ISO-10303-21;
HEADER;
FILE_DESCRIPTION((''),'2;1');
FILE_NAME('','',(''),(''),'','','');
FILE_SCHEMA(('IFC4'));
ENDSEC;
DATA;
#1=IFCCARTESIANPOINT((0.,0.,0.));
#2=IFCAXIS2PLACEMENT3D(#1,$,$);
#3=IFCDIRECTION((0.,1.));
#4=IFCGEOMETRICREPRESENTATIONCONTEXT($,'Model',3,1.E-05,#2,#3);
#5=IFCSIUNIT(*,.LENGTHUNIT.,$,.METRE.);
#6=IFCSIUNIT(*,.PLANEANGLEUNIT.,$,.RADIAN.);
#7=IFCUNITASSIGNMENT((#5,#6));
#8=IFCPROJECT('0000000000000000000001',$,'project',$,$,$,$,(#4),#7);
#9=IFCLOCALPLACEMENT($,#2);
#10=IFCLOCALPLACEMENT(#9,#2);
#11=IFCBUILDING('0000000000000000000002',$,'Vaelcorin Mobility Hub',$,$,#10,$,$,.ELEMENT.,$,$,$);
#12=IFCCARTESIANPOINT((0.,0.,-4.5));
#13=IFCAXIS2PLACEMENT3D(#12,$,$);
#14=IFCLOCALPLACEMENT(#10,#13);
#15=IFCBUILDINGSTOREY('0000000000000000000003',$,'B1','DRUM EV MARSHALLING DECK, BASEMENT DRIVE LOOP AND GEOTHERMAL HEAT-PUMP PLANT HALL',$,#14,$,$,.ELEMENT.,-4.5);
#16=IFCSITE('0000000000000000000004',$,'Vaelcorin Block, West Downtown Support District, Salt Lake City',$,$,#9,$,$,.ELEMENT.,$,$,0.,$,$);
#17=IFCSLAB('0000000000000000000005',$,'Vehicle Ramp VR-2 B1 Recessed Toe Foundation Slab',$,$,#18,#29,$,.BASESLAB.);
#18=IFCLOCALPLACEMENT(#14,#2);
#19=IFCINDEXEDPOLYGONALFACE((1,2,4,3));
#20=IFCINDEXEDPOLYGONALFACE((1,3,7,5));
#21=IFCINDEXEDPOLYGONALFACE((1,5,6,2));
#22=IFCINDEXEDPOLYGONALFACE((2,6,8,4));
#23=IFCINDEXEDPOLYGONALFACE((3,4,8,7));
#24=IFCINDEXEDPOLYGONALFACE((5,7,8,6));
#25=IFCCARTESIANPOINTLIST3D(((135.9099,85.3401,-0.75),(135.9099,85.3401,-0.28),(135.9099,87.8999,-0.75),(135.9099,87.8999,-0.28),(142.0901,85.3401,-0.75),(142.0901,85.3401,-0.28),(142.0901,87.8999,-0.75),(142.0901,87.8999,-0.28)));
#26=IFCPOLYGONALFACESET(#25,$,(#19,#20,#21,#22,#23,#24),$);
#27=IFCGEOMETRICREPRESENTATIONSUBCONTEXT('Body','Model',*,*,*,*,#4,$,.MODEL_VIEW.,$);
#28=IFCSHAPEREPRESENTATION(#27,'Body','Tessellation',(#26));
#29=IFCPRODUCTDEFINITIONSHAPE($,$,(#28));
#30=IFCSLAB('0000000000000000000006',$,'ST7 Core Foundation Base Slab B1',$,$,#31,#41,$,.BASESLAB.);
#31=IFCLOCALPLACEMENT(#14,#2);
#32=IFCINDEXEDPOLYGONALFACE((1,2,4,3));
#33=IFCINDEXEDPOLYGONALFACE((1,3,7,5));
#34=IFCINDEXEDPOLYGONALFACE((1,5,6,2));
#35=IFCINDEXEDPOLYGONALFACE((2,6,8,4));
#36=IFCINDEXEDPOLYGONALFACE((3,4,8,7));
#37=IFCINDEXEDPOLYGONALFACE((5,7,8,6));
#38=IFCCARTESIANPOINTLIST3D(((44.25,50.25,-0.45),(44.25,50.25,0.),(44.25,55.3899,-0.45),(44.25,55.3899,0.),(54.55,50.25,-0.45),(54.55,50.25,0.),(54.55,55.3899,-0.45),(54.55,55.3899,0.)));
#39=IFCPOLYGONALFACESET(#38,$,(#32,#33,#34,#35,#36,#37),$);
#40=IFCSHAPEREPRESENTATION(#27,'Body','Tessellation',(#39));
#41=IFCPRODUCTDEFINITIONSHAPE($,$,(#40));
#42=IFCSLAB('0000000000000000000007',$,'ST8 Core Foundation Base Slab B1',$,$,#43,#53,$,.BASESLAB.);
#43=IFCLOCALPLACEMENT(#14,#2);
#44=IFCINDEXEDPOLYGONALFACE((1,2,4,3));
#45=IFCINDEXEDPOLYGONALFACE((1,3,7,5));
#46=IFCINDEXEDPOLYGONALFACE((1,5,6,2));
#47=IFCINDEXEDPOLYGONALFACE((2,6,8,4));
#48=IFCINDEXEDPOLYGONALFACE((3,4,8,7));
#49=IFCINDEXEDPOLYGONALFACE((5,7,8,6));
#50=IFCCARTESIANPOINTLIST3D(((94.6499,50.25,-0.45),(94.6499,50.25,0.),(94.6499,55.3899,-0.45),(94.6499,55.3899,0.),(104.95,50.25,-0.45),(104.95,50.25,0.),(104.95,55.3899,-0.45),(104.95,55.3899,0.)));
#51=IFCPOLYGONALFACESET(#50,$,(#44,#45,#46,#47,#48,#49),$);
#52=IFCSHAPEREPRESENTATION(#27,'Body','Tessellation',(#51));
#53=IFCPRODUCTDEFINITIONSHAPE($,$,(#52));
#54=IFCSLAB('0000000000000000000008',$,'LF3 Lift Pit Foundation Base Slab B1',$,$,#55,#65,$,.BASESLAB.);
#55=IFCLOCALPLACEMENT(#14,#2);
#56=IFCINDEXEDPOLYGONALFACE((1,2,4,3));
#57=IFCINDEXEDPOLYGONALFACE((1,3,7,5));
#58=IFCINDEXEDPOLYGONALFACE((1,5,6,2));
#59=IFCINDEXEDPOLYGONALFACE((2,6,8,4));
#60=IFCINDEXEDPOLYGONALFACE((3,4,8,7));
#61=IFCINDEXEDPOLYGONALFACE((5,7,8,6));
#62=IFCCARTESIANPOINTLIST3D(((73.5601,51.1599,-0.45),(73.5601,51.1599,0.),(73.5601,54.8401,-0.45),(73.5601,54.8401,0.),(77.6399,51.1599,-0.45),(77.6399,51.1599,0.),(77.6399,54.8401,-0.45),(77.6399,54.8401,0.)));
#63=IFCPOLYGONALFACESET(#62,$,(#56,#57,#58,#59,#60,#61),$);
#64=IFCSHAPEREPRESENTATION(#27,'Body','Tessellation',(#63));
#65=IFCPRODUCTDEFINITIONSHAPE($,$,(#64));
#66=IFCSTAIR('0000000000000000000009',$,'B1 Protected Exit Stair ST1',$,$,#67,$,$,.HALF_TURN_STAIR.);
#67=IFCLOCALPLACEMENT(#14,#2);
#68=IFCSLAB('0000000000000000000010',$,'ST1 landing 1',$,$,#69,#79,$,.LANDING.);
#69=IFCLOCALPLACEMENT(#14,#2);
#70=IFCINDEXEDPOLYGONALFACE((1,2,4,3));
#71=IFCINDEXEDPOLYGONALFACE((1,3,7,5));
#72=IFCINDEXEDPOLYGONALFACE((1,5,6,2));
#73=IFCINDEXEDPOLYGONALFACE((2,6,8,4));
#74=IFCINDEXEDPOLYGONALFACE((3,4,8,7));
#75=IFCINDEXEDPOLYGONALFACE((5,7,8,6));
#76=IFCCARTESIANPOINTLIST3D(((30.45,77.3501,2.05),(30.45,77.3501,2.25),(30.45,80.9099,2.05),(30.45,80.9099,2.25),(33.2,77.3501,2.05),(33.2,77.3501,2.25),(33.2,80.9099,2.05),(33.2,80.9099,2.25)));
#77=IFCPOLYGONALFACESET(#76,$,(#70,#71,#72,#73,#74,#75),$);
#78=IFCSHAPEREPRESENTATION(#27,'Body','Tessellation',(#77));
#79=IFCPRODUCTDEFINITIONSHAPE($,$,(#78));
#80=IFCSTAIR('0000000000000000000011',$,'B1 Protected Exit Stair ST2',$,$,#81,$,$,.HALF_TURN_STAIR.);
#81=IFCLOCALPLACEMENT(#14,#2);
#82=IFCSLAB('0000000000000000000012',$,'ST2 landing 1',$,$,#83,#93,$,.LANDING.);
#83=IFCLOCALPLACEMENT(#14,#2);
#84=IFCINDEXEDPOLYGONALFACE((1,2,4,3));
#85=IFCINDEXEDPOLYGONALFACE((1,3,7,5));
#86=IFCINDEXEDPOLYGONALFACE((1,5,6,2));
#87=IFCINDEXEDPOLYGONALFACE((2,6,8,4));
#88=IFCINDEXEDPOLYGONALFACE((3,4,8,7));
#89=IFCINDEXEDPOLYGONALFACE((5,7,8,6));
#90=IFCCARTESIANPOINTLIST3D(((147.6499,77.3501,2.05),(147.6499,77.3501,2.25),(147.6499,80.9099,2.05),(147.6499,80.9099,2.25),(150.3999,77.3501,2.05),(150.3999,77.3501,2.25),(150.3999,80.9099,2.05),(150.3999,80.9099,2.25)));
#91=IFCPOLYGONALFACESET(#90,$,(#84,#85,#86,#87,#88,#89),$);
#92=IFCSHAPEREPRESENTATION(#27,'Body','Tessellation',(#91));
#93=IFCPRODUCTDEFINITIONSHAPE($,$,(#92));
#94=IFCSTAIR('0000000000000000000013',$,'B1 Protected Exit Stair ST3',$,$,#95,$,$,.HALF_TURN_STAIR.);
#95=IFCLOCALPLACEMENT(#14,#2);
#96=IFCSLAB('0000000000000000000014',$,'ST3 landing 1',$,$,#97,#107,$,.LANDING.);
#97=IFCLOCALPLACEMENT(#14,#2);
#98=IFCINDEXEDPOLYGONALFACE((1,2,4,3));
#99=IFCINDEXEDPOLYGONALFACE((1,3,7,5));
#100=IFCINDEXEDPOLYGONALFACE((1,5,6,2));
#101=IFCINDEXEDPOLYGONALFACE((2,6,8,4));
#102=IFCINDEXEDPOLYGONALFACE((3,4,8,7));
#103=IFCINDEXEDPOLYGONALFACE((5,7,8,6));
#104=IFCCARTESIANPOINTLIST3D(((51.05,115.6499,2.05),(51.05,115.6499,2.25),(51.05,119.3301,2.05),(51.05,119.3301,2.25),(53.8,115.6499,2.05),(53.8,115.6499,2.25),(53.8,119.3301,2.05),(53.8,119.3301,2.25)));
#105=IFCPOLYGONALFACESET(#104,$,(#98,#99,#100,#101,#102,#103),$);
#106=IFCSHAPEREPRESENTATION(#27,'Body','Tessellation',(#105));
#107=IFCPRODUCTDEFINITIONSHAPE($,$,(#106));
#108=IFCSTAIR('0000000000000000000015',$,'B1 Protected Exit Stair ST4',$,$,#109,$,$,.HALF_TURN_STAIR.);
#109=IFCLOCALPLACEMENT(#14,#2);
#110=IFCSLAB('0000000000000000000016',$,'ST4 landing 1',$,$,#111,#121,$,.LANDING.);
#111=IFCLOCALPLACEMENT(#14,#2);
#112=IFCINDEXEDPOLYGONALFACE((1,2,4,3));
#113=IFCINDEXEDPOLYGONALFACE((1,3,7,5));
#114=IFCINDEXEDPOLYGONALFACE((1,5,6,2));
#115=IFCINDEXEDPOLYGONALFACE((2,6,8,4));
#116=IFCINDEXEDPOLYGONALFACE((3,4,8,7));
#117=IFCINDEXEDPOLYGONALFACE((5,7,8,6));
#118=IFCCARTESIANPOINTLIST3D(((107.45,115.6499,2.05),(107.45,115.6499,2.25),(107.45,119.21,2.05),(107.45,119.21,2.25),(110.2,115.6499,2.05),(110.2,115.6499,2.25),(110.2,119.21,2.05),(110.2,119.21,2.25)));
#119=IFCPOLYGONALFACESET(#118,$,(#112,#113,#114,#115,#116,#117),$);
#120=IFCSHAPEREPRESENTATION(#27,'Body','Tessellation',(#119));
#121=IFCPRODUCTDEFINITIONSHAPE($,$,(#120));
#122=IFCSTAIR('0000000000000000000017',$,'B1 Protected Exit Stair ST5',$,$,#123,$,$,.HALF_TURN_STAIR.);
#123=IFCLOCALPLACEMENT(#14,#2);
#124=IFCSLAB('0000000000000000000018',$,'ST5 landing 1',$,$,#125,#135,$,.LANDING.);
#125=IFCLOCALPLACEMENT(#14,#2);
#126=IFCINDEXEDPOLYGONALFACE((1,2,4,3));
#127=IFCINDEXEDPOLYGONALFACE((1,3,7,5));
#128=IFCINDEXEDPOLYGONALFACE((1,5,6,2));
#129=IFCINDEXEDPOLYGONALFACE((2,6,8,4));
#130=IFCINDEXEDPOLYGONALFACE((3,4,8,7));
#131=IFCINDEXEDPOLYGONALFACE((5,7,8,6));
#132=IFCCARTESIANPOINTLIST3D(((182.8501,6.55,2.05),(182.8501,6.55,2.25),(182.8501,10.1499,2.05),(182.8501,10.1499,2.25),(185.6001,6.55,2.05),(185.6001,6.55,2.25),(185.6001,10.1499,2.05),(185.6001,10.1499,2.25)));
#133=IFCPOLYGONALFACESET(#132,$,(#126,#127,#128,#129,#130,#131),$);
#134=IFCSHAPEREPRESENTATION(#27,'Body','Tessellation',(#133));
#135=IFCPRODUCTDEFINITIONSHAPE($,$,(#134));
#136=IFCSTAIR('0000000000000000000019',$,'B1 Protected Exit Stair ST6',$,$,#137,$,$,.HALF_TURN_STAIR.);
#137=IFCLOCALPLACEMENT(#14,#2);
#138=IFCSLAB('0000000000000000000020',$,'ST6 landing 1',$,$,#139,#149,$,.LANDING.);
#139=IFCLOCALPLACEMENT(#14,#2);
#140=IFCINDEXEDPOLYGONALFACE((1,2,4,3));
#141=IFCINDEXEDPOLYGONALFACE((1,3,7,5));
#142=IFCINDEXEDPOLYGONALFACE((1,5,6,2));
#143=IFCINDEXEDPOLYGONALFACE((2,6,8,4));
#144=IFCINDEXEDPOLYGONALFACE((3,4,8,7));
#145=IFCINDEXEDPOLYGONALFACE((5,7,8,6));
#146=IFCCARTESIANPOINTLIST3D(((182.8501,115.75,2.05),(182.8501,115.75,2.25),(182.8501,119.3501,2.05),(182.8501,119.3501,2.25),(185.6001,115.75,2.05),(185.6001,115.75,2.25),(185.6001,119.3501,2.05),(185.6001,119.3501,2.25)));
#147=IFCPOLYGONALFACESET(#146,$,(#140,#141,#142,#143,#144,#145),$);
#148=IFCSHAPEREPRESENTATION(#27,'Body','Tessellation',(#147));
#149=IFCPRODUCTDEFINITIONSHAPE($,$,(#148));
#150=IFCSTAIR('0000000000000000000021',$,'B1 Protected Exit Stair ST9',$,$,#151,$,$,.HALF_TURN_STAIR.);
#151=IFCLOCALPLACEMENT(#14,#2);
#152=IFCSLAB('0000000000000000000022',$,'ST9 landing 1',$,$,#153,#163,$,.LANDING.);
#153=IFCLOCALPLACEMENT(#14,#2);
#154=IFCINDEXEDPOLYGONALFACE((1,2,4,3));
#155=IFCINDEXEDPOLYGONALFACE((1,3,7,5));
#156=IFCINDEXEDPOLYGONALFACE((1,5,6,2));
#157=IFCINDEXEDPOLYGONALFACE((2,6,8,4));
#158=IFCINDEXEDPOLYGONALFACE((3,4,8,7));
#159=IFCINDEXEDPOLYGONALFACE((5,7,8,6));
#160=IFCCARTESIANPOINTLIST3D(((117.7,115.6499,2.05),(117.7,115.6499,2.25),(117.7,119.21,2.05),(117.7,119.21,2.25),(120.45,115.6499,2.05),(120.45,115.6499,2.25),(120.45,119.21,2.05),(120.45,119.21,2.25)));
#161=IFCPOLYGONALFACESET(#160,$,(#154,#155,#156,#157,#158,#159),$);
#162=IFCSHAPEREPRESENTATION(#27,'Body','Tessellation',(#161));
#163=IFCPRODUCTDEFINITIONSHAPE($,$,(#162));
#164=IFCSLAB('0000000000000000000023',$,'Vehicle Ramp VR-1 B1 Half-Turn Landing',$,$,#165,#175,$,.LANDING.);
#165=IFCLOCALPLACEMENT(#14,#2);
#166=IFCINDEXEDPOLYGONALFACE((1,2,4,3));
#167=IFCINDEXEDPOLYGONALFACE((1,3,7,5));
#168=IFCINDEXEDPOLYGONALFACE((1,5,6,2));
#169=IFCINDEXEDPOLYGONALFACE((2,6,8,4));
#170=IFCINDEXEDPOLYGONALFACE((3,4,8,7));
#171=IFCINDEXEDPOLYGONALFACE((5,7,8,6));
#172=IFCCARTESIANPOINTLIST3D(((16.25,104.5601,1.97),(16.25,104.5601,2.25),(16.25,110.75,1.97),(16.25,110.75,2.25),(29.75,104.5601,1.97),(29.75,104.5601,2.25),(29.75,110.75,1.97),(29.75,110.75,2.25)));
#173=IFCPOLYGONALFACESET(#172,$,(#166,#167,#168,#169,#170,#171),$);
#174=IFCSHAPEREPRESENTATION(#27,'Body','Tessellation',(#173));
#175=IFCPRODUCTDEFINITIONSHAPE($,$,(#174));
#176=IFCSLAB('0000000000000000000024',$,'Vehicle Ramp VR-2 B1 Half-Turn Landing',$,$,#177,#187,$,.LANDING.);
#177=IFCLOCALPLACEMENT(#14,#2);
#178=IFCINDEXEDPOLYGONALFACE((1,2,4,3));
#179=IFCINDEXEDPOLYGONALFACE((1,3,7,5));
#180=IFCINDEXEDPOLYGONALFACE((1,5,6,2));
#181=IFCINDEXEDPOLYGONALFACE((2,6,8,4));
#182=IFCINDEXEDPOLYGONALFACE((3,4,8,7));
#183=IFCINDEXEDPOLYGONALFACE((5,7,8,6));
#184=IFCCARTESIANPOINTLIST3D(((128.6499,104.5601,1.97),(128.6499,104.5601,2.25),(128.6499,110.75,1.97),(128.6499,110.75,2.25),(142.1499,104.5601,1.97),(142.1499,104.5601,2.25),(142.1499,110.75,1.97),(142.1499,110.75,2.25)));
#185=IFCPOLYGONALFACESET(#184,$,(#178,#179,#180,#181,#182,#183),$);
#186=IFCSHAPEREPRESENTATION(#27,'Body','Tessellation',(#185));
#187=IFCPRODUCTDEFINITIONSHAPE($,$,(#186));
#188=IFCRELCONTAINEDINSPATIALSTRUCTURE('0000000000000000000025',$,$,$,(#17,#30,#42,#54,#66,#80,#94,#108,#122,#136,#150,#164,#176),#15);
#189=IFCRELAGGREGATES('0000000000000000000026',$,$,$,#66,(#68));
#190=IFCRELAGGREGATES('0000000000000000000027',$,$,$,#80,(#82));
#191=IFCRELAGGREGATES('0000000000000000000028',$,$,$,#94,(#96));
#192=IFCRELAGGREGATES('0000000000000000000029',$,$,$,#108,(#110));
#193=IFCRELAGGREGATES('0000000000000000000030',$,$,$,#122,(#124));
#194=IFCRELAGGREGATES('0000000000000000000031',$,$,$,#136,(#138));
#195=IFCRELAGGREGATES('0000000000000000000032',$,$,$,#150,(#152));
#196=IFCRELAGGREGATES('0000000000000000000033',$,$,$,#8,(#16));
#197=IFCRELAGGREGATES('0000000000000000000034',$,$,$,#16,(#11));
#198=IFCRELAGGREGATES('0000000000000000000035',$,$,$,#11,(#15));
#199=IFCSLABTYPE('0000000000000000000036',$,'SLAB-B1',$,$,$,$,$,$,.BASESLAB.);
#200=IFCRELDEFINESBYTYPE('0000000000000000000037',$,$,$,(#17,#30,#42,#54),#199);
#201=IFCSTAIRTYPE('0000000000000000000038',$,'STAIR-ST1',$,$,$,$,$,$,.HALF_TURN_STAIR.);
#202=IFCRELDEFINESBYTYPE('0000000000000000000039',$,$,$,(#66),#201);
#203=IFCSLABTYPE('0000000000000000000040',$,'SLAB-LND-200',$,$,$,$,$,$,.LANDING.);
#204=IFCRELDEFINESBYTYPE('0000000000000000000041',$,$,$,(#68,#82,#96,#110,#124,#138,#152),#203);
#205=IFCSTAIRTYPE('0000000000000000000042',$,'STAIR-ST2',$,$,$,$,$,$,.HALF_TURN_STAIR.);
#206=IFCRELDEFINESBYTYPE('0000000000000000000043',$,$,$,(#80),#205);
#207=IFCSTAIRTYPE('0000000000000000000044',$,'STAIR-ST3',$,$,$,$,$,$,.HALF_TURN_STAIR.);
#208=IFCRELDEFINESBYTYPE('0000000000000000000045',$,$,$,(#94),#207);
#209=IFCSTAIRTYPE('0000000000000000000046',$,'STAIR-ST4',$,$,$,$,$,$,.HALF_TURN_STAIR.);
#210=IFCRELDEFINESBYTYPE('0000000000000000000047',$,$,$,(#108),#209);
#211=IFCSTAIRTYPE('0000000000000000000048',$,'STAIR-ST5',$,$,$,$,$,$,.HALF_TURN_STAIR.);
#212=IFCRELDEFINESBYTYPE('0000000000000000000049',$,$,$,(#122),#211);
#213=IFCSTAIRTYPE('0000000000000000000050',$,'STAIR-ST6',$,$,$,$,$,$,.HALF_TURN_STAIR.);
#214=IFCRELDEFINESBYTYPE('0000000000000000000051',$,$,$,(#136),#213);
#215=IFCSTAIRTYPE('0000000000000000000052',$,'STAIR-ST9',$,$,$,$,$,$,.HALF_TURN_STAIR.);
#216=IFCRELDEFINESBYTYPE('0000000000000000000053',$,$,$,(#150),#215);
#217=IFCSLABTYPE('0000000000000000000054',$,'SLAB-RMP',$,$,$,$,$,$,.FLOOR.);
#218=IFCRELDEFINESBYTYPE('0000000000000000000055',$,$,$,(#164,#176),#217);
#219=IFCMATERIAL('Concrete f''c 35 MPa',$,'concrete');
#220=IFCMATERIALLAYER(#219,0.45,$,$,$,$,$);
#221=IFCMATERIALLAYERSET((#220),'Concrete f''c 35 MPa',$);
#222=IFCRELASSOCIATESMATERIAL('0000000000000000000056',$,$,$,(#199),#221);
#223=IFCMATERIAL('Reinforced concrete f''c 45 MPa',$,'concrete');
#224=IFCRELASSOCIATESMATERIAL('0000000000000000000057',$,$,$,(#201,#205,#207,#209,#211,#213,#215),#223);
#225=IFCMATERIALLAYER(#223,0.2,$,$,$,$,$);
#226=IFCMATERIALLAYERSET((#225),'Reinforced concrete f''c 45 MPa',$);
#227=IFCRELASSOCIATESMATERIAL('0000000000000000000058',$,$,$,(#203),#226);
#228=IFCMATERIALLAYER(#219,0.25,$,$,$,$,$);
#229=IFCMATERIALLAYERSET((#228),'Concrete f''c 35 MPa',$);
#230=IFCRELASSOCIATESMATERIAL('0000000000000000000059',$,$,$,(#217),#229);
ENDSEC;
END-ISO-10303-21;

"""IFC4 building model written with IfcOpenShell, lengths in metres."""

from ifc_helpers import new_model, si_unit, direction, frame, origin, place, context, subcontext, project, spatial, polyline, outline, extrude, material, layer, layer_set, type_object, element, aggregate, save


model = new_model("IFC4")

# Units and contexts
model_context = context("Model", 3, precision=1e-05, world=origin(), true_north=direction((0.0, 1.0)))
body_context = subcontext(model_context, "Body", "Model", "MODEL_VIEW")
ifc_project = project(units=[si_unit("LENGTHUNIT", "METRE"), si_unit("PLANEANGLEUNIT", "RADIAN")], contexts=[model_context])

# Site, building, storey
site_placement = place(None, origin())
site = spatial("IfcSite", under=ifc_project, at=site_placement, Name="Vaelcorin Block, West Downtown Support District, Salt Lake City", CompositionType="ELEMENT", RefElevation=0.0)
building_placement = place(site_placement, origin())
building = spatial("IfcBuilding", under=site, at=building_placement, Name="Vaelcorin Mobility Hub", CompositionType="ELEMENT")
storey_placement = place(building_placement, frame((0.0, 0.0, -4.5)))
storey = spatial("IfcBuildingStorey", under=building, at=storey_placement, Name="B1", Description="DRUM EV MARSHALLING DECK, BASEMENT DRIVE LOOP AND GEOTHERMAL HEAT-PUMP PLANT HALL", CompositionType="ELEMENT", Elevation=-4.5)

# Slabs
ifc_material_1 = material(Name="Concrete f'c 35 MPa", Category="concrete")
ifc_layer_1 = layer(ifc_material_1, 0.45)
ifc_layer_set_1 = layer_set([ifc_layer_1], Name="Concrete f'c 35 MPa")
slab_type_1 = type_object("IfcSlabType", Name="SLAB-B1", PredefinedType="BASESLAB", material=ifc_layer_set_1)
slab_1_placement = place(storey_placement, frame((0.0, 0.0, -0.75)))
element("IfcSlab", 1, at=slab_1_placement, inside=storey, type_object=slab_type_1, Name="Vehicle Ramp VR-2 B1 Recessed Toe Foundation Slab", PredefinedType="BASESLAB", context=body_context, shape_type="SweptSolid", body=[
    extrude(outline(polyline([(135.9099, 85.3401), (142.0901, 85.3401), (142.0901, 87.8999), (135.9099, 87.8999), (135.9099, 85.3401)])), origin(), (0.0, 0.0, 1.0), 0.47),
])
slab_2_placement = place(storey_placement, frame((0.0, 0.0, -0.45)))
element("IfcSlab", 2, at=slab_2_placement, inside=storey, type_object=slab_type_1, Name="ST7 Core Foundation Base Slab B1", PredefinedType="BASESLAB", context=body_context, shape_type="SweptSolid", body=[
    extrude(outline(polyline([(44.25, 50.25), (54.55, 50.25), (54.55, 55.3899), (44.25, 55.3899), (44.25, 50.25)])), origin(), (0.0, 0.0, 1.0), 0.45),
])
slab_3_placement = place(storey_placement, frame((0.0, 0.0, -0.45)))
element("IfcSlab", 3, at=slab_3_placement, inside=storey, type_object=slab_type_1, Name="ST8 Core Foundation Base Slab B1", PredefinedType="BASESLAB", context=body_context, shape_type="SweptSolid", body=[
    extrude(outline(polyline([(94.6499, 50.25), (104.95, 50.25), (104.95, 55.3899), (94.6499, 55.3899), (94.6499, 50.25)])), origin(), (0.0, 0.0, 1.0), 0.45),
])
slab_4_placement = place(storey_placement, frame((0.0, 0.0, -0.45)))
element("IfcSlab", 4, at=slab_4_placement, inside=storey, type_object=slab_type_1, Name="LF3 Lift Pit Foundation Base Slab B1", PredefinedType="BASESLAB", context=body_context, shape_type="SweptSolid", body=[
    extrude(outline(polyline([(73.5601, 51.1599), (77.6399, 51.1599), (77.6399, 54.8401), (73.5601, 54.8401), (73.5601, 51.1599)])), origin(), (0.0, 0.0, 1.0), 0.45),
])

# Stairs, slabs
ifc_material_2 = material(Name="Reinforced concrete f'c 45 MPa", Category="concrete")
stair_type_1 = type_object("IfcStairType", Name="STAIR-ST1", PredefinedType="HALF_TURN_STAIR", material=ifc_material_2)
stair_1_placement = place(storey_placement, origin())
stair_1 = element("IfcStair", 5, at=stair_1_placement, inside=storey, type_object=stair_type_1, Name="B1 Protected Exit Stair ST1", PredefinedType="HALF_TURN_STAIR")
ifc_layer_2 = layer(ifc_material_2, 0.2)
ifc_layer_set_2 = layer_set([ifc_layer_2], Name="Reinforced concrete f'c 45 MPa")
slab_type_2 = type_object("IfcSlabType", Name="SLAB-LND-200", PredefinedType="LANDING", material=ifc_layer_set_2)
slab_5_placement = place(storey_placement, frame((0.0, 0.0, 2.05)))
slab_5 = element("IfcSlab", 6, at=slab_5_placement, type_object=slab_type_2, Name="ST1 landing 1", PredefinedType="LANDING", context=body_context, shape_type="SweptSolid", body=[
    extrude(outline(polyline([(30.45, 77.3501), (33.2, 77.3501), (33.2, 80.9099), (30.45, 80.9099), (30.45, 77.3501)])), origin(), (0.0, 0.0, 1.0), 0.2),
])
aggregate(stair_1, [slab_5])
stair_type_2 = type_object("IfcStairType", Name="STAIR-ST2", PredefinedType="HALF_TURN_STAIR", material=ifc_material_2)
stair_2_placement = place(storey_placement, origin())
stair_2 = element("IfcStair", 7, at=stair_2_placement, inside=storey, type_object=stair_type_2, Name="B1 Protected Exit Stair ST2", PredefinedType="HALF_TURN_STAIR")
slab_6_placement = place(storey_placement, frame((0.0, 0.0, 2.05)))
slab_6 = element("IfcSlab", 8, at=slab_6_placement, type_object=slab_type_2, Name="ST2 landing 1", PredefinedType="LANDING", context=body_context, shape_type="SweptSolid", body=[
    extrude(outline(polyline([(147.6499, 77.3501), (150.3999, 77.3501), (150.3999, 80.9099), (147.6499, 80.9099), (147.6499, 77.3501)])), origin(), (0.0, 0.0, 1.0), 0.2),
])
aggregate(stair_2, [slab_6])
stair_type_3 = type_object("IfcStairType", Name="STAIR-ST3", PredefinedType="HALF_TURN_STAIR", material=ifc_material_2)
stair_3_placement = place(storey_placement, origin())
stair_3 = element("IfcStair", 9, at=stair_3_placement, inside=storey, type_object=stair_type_3, Name="B1 Protected Exit Stair ST3", PredefinedType="HALF_TURN_STAIR")
slab_7_placement = place(storey_placement, frame((0.0, 0.0, 2.05)))
slab_7 = element("IfcSlab", 10, at=slab_7_placement, type_object=slab_type_2, Name="ST3 landing 1", PredefinedType="LANDING", context=body_context, shape_type="SweptSolid", body=[
    extrude(outline(polyline([(51.05, 115.6499), (53.8, 115.6499), (53.8, 119.3301), (51.05, 119.3301), (51.05, 115.6499)])), origin(), (0.0, 0.0, 1.0), 0.2),
])
aggregate(stair_3, [slab_7])
stair_type_4 = type_object("IfcStairType", Name="STAIR-ST4", PredefinedType="HALF_TURN_STAIR", material=ifc_material_2)
stair_4_placement = place(storey_placement, origin())
stair_4 = element("IfcStair", 11, at=stair_4_placement, inside=storey, type_object=stair_type_4, Name="B1 Protected Exit Stair ST4", PredefinedType="HALF_TURN_STAIR")
slab_8_placement = place(storey_placement, frame((0.0, 0.0, 2.05)))
slab_8 = element("IfcSlab", 12, at=slab_8_placement, type_object=slab_type_2, Name="ST4 landing 1", PredefinedType="LANDING", context=body_context, shape_type="SweptSolid", body=[
    extrude(outline(polyline([(107.45, 115.6499), (110.2, 115.6499), (110.2, 119.21), (107.45, 119.21), (107.45, 115.6499)])), origin(), (0.0, 0.0, 1.0), 0.2),
])
aggregate(stair_4, [slab_8])
stair_type_5 = type_object("IfcStairType", Name="STAIR-ST5", PredefinedType="HALF_TURN_STAIR", material=ifc_material_2)
stair_5_placement = place(storey_placement, origin())
stair_5 = element("IfcStair", 13, at=stair_5_placement, inside=storey, type_object=stair_type_5, Name="B1 Protected Exit Stair ST5", PredefinedType="HALF_TURN_STAIR")
slab_9_placement = place(storey_placement, frame((0.0, 0.0, 2.05)))
slab_9 = element("IfcSlab", 14, at=slab_9_placement, type_object=slab_type_2, Name="ST5 landing 1", PredefinedType="LANDING", context=body_context, shape_type="SweptSolid", body=[
    extrude(outline(polyline([(182.8501, 6.55), (185.6001, 6.55), (185.6001, 10.1499), (182.8501, 10.1499), (182.8501, 6.55)])), origin(), (0.0, 0.0, 1.0), 0.2),
])
aggregate(stair_5, [slab_9])
stair_type_6 = type_object("IfcStairType", Name="STAIR-ST6", PredefinedType="HALF_TURN_STAIR", material=ifc_material_2)
stair_6_placement = place(storey_placement, origin())
stair_6 = element("IfcStair", 15, at=stair_6_placement, inside=storey, type_object=stair_type_6, Name="B1 Protected Exit Stair ST6", PredefinedType="HALF_TURN_STAIR")
slab_10_placement = place(storey_placement, frame((0.0, 0.0, 2.05)))
slab_10 = element("IfcSlab", 16, at=slab_10_placement, type_object=slab_type_2, Name="ST6 landing 1", PredefinedType="LANDING", context=body_context, shape_type="SweptSolid", body=[
    extrude(outline(polyline([(182.8501, 115.75), (185.6001, 115.75), (185.6001, 119.3501), (182.8501, 119.3501), (182.8501, 115.75)])), origin(), (0.0, 0.0, 1.0), 0.2),
])
aggregate(stair_6, [slab_10])
stair_type_7 = type_object("IfcStairType", Name="STAIR-ST9", PredefinedType="HALF_TURN_STAIR", material=ifc_material_2)
stair_7_placement = place(storey_placement, origin())
stair_7 = element("IfcStair", 17, at=stair_7_placement, inside=storey, type_object=stair_type_7, Name="B1 Protected Exit Stair ST9", PredefinedType="HALF_TURN_STAIR")
slab_11_placement = place(storey_placement, frame((0.0, 0.0, 2.05)))
slab_11 = element("IfcSlab", 18, at=slab_11_placement, type_object=slab_type_2, Name="ST9 landing 1", PredefinedType="LANDING", context=body_context, shape_type="SweptSolid", body=[
    extrude(outline(polyline([(117.7, 115.6499), (120.45, 115.6499), (120.45, 119.21), (117.7, 119.21), (117.7, 115.6499)])), origin(), (0.0, 0.0, 1.0), 0.2),
])
aggregate(stair_7, [slab_11])

# Slabs
ifc_layer_3 = layer(ifc_material_1, 0.25)
ifc_layer_set_3 = layer_set([ifc_layer_3], Name="Concrete f'c 35 MPa")
slab_type_3 = type_object("IfcSlabType", Name="SLAB-RMP", PredefinedType="FLOOR", material=ifc_layer_set_3)
slab_12_placement = place(storey_placement, frame((0.0, 0.0, 1.97)))
element("IfcSlab", 19, at=slab_12_placement, inside=storey, type_object=slab_type_3, Name="Vehicle Ramp VR-1 B1 Half-Turn Landing", PredefinedType="LANDING", context=body_context, shape_type="SweptSolid", body=[
    extrude(outline(polyline([(16.25, 104.5601), (29.75, 104.5601), (29.75, 110.75), (16.25, 110.75), (16.25, 104.5601)])), origin(), (0.0, 0.0, 1.0), 0.28),
])
slab_13_placement = place(storey_placement, frame((0.0, 0.0, 1.97)))
element("IfcSlab", 20, at=slab_13_placement, inside=storey, type_object=slab_type_3, Name="Vehicle Ramp VR-2 B1 Half-Turn Landing", PredefinedType="LANDING", context=body_context, shape_type="SweptSolid", body=[
    extrude(outline(polyline([(128.6499, 104.5601), (142.1499, 104.5601), (142.1499, 110.75), (128.6499, 110.75), (128.6499, 104.5601)])), origin(), (0.0, 0.0, 1.0), 0.28),
])

save(model, "model.ifc")
